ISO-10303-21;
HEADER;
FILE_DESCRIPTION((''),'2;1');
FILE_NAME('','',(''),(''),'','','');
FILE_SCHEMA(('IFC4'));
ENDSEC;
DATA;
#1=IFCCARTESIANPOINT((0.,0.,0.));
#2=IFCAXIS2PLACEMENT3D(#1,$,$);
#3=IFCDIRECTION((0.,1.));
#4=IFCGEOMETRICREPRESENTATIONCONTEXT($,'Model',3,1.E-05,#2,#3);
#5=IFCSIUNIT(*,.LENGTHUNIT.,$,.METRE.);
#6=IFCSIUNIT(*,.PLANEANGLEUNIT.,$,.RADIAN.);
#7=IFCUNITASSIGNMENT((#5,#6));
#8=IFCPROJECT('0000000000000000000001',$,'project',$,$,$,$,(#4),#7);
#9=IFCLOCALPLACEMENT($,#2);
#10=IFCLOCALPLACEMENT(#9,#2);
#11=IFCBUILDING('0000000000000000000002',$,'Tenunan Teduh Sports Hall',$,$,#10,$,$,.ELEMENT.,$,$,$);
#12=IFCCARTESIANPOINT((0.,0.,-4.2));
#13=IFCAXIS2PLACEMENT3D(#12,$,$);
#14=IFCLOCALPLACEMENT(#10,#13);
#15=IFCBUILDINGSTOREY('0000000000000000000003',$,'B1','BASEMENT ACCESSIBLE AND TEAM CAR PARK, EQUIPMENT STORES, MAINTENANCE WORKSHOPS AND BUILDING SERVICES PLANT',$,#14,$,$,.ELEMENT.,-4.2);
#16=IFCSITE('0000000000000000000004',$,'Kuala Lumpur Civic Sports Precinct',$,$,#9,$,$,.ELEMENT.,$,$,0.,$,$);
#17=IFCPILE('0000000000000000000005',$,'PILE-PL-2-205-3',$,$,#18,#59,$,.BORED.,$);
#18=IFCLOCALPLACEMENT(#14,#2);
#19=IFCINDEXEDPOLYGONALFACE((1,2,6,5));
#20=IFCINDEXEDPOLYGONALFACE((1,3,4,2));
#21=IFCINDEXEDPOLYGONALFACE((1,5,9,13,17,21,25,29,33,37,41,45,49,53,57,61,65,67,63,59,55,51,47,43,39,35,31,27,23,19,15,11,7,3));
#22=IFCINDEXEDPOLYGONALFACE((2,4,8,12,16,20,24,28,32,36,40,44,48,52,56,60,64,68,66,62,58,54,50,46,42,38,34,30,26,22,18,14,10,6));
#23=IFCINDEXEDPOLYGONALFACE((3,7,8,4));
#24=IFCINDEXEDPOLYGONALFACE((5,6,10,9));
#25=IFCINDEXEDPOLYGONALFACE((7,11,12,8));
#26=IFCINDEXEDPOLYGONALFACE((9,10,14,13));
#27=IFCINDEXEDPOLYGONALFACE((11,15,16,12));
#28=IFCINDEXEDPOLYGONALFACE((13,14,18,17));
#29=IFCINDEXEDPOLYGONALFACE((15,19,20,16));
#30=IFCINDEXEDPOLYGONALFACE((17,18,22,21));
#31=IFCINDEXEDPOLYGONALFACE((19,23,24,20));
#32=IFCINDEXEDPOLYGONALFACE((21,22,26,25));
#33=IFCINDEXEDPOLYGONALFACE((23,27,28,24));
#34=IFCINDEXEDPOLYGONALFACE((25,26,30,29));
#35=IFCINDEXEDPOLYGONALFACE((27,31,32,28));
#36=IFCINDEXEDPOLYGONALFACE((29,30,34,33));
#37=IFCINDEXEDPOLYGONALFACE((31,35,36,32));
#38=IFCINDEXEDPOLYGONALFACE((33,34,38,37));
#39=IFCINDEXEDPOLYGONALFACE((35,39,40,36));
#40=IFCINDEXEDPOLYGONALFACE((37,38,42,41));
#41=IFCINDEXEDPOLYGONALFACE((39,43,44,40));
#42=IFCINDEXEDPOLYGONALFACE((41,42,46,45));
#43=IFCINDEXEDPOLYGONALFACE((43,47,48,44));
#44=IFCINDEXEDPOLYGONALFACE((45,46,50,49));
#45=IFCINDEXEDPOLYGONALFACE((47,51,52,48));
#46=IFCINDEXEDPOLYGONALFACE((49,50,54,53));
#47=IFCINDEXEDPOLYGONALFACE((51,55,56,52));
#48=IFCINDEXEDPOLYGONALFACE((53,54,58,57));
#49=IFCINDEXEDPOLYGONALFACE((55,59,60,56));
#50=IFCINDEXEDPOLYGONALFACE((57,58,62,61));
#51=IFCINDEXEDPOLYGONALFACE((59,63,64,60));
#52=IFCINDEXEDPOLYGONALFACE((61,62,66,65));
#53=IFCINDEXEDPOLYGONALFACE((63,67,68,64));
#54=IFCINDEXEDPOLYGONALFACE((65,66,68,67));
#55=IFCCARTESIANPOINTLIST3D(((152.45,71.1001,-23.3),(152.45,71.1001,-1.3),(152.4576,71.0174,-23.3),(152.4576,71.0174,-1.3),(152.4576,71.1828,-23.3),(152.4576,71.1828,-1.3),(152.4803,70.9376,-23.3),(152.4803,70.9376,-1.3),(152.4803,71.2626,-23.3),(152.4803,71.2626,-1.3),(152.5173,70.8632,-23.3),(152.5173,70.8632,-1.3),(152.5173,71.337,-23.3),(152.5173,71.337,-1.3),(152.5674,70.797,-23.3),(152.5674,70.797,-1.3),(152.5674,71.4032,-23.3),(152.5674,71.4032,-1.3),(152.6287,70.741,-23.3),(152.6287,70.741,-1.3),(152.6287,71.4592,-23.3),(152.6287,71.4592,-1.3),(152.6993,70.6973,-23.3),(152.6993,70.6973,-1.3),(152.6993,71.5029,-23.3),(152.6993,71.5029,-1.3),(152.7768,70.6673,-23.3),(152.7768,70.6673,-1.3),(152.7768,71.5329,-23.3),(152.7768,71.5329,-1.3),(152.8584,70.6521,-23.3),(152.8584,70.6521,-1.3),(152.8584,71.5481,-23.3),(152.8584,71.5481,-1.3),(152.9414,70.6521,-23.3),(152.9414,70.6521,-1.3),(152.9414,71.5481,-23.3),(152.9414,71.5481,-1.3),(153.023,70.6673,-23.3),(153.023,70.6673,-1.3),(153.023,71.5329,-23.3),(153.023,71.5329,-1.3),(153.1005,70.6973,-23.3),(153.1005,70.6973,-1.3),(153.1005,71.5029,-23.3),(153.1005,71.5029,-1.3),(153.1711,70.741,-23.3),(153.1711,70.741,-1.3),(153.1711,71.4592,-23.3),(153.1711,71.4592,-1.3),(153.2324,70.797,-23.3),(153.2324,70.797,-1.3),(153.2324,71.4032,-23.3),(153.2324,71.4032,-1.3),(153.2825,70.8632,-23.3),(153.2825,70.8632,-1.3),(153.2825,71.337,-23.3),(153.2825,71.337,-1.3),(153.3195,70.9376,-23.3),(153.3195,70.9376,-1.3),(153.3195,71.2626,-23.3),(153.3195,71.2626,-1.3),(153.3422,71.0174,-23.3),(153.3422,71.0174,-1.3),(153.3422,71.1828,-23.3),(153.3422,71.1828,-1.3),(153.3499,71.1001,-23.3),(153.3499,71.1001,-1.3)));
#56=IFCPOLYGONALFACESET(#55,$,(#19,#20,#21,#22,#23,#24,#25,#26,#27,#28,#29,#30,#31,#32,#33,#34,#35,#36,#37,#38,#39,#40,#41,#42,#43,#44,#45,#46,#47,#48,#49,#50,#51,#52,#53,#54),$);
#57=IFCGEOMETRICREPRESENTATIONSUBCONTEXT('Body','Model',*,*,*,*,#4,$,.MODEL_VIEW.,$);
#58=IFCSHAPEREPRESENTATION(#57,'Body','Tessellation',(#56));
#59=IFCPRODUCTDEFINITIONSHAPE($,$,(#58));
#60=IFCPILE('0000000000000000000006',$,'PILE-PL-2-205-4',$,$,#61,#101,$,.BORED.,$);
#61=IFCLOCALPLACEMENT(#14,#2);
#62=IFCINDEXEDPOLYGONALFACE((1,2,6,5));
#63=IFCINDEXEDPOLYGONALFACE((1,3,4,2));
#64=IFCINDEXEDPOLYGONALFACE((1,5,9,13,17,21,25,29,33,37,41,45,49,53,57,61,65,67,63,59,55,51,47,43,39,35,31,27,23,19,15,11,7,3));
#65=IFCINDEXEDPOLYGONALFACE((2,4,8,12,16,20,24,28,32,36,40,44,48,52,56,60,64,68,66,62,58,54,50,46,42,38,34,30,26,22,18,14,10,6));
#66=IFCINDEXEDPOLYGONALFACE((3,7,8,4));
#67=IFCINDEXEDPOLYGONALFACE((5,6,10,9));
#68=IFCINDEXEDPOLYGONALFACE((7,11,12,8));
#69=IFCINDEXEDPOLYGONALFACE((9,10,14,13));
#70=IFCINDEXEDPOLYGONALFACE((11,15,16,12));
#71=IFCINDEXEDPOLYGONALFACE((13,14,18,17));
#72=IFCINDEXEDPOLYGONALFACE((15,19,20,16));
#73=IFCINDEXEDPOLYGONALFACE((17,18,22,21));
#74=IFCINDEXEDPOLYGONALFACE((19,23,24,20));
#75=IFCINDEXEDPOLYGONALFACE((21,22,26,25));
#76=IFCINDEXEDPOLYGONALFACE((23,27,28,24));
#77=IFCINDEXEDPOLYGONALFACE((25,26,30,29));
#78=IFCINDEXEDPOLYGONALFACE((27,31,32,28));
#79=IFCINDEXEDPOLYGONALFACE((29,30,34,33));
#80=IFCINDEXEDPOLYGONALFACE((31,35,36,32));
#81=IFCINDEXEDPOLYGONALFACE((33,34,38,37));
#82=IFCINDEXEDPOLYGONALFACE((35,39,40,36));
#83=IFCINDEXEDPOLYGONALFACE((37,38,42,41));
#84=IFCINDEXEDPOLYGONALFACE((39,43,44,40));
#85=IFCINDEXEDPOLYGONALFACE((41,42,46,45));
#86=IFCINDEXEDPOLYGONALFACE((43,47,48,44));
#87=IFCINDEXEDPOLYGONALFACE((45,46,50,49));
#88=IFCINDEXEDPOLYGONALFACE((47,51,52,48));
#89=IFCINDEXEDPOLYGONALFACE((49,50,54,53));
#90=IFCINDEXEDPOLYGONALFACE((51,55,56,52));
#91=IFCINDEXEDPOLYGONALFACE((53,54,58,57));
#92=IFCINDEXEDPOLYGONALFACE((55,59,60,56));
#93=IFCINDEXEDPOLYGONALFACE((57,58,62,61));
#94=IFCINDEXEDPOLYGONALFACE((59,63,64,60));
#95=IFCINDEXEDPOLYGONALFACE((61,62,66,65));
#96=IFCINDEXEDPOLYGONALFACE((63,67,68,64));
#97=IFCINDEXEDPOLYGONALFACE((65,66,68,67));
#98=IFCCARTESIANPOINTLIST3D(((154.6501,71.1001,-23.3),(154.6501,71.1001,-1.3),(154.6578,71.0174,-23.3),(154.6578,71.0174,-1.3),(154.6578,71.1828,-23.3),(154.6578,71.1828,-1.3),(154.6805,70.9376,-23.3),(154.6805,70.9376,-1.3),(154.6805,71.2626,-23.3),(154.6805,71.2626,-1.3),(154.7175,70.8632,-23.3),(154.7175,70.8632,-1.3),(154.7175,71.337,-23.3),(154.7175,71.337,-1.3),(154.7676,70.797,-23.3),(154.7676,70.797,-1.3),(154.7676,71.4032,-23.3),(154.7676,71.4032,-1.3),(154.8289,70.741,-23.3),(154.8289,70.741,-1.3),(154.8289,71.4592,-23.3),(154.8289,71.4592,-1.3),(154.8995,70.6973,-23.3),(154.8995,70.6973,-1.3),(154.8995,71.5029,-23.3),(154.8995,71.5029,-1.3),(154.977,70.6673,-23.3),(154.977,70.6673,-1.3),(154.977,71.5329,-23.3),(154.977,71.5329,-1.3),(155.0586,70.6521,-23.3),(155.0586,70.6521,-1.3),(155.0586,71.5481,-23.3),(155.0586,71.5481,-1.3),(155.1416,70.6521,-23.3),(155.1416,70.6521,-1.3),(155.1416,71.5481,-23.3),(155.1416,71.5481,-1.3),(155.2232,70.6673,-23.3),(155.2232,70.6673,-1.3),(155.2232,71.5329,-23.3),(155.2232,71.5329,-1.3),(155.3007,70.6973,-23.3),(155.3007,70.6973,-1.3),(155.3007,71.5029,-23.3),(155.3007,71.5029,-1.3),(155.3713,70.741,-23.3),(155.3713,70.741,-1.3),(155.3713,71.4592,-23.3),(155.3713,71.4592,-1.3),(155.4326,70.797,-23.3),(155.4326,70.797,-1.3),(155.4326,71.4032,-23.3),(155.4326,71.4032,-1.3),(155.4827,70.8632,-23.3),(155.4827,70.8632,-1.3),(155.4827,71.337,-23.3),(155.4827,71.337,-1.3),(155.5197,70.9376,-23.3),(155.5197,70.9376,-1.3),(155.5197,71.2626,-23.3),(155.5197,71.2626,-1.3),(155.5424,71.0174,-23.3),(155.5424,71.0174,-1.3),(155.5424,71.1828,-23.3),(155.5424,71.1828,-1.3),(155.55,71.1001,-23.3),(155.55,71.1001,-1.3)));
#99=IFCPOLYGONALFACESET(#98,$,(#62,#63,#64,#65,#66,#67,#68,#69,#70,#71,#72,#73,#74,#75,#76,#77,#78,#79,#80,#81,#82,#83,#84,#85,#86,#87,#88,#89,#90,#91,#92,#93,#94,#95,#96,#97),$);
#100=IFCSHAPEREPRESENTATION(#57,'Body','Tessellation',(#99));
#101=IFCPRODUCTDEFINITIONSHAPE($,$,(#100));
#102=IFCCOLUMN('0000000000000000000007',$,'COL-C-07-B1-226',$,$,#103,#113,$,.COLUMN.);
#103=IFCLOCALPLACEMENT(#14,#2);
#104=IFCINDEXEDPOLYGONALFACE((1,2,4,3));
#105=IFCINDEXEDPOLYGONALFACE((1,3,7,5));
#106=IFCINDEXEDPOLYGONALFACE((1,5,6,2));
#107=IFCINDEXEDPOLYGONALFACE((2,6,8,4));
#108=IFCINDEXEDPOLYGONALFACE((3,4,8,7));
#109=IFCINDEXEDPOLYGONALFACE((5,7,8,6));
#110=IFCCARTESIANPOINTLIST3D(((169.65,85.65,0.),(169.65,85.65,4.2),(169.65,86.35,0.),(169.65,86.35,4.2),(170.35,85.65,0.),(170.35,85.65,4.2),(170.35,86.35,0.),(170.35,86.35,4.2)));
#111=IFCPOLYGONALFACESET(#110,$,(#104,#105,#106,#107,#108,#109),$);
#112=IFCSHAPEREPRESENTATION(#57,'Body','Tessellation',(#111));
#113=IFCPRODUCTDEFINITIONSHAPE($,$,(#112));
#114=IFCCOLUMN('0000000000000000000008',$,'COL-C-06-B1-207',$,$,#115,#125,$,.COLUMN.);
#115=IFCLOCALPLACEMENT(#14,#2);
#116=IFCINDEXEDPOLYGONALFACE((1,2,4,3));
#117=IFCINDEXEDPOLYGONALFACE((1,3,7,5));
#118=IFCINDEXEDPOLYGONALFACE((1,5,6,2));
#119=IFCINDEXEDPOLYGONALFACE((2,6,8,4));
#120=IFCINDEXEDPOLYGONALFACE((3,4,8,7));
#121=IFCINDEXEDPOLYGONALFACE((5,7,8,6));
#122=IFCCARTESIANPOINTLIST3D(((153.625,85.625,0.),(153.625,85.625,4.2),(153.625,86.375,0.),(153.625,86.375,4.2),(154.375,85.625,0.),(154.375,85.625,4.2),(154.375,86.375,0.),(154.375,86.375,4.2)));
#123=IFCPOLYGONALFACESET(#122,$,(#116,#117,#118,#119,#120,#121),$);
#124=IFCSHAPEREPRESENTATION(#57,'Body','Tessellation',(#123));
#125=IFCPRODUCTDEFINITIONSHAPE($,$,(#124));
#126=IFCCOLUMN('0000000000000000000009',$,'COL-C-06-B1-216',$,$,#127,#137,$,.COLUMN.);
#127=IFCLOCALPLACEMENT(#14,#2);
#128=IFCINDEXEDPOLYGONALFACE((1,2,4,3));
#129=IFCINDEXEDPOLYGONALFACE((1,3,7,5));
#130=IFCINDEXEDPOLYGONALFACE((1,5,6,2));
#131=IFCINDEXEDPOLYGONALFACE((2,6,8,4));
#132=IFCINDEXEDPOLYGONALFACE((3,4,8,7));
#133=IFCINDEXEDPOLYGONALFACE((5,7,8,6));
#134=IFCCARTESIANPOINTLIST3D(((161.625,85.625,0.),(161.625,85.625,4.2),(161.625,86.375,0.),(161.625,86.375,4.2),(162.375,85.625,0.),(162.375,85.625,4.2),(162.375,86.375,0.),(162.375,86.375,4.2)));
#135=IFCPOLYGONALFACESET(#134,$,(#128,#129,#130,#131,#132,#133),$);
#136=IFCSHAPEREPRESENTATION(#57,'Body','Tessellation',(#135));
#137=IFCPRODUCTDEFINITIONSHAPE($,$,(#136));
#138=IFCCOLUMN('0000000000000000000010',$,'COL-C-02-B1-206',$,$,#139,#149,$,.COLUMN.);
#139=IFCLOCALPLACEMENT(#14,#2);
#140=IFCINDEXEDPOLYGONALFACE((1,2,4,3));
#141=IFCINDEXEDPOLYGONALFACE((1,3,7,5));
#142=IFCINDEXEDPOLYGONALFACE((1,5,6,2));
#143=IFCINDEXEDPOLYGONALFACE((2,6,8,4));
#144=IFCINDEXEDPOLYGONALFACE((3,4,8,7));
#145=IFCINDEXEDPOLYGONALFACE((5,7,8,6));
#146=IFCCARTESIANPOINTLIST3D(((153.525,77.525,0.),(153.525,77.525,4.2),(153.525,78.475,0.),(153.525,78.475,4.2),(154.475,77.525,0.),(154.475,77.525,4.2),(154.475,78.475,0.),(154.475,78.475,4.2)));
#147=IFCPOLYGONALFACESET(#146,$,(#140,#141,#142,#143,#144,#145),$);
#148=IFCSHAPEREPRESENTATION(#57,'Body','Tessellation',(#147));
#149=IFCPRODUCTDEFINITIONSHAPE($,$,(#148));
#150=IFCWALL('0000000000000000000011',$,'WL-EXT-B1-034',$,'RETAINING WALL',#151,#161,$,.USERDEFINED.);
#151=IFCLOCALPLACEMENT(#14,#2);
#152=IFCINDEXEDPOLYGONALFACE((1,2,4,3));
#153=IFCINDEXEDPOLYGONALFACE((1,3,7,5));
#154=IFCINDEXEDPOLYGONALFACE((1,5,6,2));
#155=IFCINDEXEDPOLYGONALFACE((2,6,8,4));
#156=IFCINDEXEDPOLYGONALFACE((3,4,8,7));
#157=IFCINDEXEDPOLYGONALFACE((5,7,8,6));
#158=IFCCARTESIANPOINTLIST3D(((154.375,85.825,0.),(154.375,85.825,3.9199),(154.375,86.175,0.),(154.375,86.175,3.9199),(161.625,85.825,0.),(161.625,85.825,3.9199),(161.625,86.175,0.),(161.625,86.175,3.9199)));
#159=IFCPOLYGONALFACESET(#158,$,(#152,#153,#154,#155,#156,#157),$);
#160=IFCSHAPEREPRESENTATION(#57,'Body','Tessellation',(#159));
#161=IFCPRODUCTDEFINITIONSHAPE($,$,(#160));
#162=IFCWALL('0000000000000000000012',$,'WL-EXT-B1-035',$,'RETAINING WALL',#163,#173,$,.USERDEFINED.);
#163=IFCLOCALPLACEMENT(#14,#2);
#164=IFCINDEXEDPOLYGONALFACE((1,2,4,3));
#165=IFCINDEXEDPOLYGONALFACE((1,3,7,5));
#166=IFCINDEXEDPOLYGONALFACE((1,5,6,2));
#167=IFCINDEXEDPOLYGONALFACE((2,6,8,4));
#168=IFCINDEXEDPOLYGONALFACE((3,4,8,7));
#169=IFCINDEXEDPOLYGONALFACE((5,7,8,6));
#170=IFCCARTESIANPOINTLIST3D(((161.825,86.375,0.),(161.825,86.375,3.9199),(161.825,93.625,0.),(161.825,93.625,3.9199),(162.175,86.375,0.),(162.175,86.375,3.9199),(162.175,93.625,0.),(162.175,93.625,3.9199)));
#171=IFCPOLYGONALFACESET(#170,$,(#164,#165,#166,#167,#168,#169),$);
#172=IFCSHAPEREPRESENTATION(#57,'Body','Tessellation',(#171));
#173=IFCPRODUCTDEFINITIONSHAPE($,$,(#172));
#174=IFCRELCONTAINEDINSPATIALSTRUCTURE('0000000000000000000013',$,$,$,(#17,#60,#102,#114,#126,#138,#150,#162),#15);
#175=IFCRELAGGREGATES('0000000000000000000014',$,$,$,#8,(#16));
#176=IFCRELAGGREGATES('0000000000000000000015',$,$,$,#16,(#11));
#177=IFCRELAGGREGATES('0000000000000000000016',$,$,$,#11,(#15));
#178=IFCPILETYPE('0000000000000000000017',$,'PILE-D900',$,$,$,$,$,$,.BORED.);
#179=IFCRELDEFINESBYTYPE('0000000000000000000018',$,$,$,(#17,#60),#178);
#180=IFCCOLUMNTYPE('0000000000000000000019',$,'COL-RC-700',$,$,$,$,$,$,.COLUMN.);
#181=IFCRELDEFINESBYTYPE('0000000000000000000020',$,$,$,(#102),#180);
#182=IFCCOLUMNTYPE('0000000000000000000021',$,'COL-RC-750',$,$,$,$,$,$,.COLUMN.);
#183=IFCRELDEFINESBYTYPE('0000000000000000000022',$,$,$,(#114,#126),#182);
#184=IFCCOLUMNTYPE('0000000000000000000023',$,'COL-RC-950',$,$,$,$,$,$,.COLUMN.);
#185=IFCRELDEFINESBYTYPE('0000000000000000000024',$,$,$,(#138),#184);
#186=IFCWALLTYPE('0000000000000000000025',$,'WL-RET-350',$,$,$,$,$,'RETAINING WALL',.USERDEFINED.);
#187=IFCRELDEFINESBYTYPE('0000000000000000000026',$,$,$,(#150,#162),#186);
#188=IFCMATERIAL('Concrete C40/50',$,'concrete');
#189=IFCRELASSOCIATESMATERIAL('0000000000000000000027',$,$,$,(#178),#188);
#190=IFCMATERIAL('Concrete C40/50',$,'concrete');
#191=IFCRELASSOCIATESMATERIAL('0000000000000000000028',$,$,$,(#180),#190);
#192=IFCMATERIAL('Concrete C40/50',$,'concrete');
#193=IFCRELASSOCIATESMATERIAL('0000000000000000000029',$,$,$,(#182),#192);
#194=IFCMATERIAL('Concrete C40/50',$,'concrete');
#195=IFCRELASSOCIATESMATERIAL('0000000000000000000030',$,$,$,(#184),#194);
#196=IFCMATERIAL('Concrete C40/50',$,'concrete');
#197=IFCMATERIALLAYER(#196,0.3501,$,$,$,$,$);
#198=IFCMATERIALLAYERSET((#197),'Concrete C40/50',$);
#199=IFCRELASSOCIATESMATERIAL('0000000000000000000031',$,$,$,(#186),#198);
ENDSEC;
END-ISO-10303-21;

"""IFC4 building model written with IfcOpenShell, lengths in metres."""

from ifc_helpers import new_model, si_unit, direction, frame, frame_2d, origin, origin_2d, place, context, subcontext, project, spatial, rectangle, circle, extrude, material, layer, layer_set, material_profile, profile_set, type_object, element, save


model = new_model("IFC4")

# Units and contexts
model_context = context("Model", 3, precision=1e-05, world=origin(), true_north=direction((0.0, 1.0)))
body_context = subcontext(model_context, "Body", "Model", "MODEL_VIEW")
ifc_project = project(units=[si_unit("LENGTHUNIT", "METRE"), si_unit("PLANEANGLEUNIT", "RADIAN")], contexts=[model_context])

# Site, building, storey
site_placement = place(None, origin())
site = spatial("IfcSite", under=ifc_project, at=site_placement, Name="Kuala Lumpur Civic Sports Precinct", CompositionType="ELEMENT", RefElevation=0.0)
building_placement = place(site_placement, origin())
building = spatial("IfcBuilding", under=site, at=building_placement, Name="Tenunan Teduh Sports Hall", CompositionType="ELEMENT")
storey_placement = place(building_placement, frame((0.0, 0.0, -4.2)))
storey = spatial("IfcBuildingStorey", under=building, at=storey_placement, Name="B1", Description="BASEMENT ACCESSIBLE AND TEAM CAR PARK, EQUIPMENT STORES, MAINTENANCE WORKSHOPS AND BUILDING SERVICES PLANT", CompositionType="ELEMENT", Elevation=-4.2)

# Piles
ifc_material_1 = material(Name="Concrete C40/50", Category="concrete")
ifc_material_profile_1 = material_profile(ifc_material_1, circle(Radius=0.45, at=origin_2d()), Name="PILE D900")
ifc_profile_set_1 = profile_set([ifc_material_profile_1], Name="Concrete C40/50")
pile_type_1 = type_object("IfcPileType", Name="PILE-D900", PredefinedType="BORED", material=ifc_profile_set_1)
for number, where, z_axis, x_axis, name in (
    (1, (152.8999, 71.1001, -1.3), (0.0, 0.0, -1.0), (1.0, 0.0, 0.0), "PILE-PL-2-205-3"),
    (2, (155.1001, 71.1001, -1.3), (0.0, 0.0, -1.0), (1.0, 0.0, 0.0), "PILE-PL-2-205-4"),
):
    element("IfcPile", number, at=place(storey_placement, frame(where, z_axis=z_axis, x_axis=x_axis)), inside=storey, type_object=pile_type_1, Name=name, PredefinedType="BORED", context=body_context, shape_type="SweptSolid", body=[
        extrude(circle(Radius=0.45, at=origin_2d()), origin(), (0.0, 0.0, 1.0), 22.0),
    ])

# Columns
ifc_material_2 = material(Name="Concrete C40/50", Category="concrete")
ifc_material_profile_2 = material_profile(ifc_material_2, rectangle(XDim=0.7, YDim=0.7, at=origin_2d()), Name="RC 700x700")
ifc_profile_set_2 = profile_set([ifc_material_profile_2], Name="Concrete C40/50")
column_type_1 = type_object("IfcColumnType", Name="COL-RC-700", PredefinedType="COLUMN", material=ifc_profile_set_2)
column_1_placement = place(storey_placement, frame((170.0, 86.0, 0.0), z_axis=(0.0, 0.0, 1.0), x_axis=(1.0, 0.0, 0.0)))
element("IfcColumn", 3, at=column_1_placement, inside=storey, type_object=column_type_1, Name="COL-C-07-B1-226", PredefinedType="COLUMN", context=body_context, shape_type="SweptSolid", body=[
    extrude(rectangle(XDim=0.7, YDim=0.7, at=origin_2d()), origin(), (0.0, 0.0, 1.0), 4.2),
])
ifc_material_3 = material(Name="Concrete C40/50", Category="concrete")
ifc_material_profile_3 = material_profile(ifc_material_3, rectangle(XDim=0.75, YDim=0.75, at=origin_2d()), Name="RC 750x750")
ifc_profile_set_3 = profile_set([ifc_material_profile_3], Name="Concrete C40/50")
column_type_2 = type_object("IfcColumnType", Name="COL-RC-750", PredefinedType="COLUMN", material=ifc_profile_set_3)
for number, where, z_axis, x_axis, name in (
    (4, (154.0, 86.0, 0.0), (0.0, 0.0, 1.0), (1.0, 0.0, 0.0), "COL-C-06-B1-207"),
    (5, (162.0, 86.0, 0.0), (0.0, 0.0, 1.0), (1.0, 0.0, 0.0), "COL-C-06-B1-216"),
):
    element("IfcColumn", number, at=place(storey_placement, frame(where, z_axis=z_axis, x_axis=x_axis)), inside=storey, type_object=column_type_2, Name=name, PredefinedType="COLUMN", context=body_context, shape_type="SweptSolid", body=[
        extrude(rectangle(XDim=0.75, YDim=0.75, at=origin_2d()), origin(), (0.0, 0.0, 1.0), 4.2),
    ])
ifc_material_4 = material(Name="Concrete C40/50", Category="concrete")
ifc_material_profile_4 = material_profile(ifc_material_4, rectangle(XDim=0.95, YDim=0.95, at=origin_2d()), Name="RC 950x950")
ifc_profile_set_4 = profile_set([ifc_material_profile_4], Name="Concrete C40/50")
column_type_3 = type_object("IfcColumnType", Name="COL-RC-950", PredefinedType="COLUMN", material=ifc_profile_set_4)
column_2_placement = place(storey_placement, frame((154.0, 78.0, 0.0), z_axis=(0.0, 0.0, 1.0), x_axis=(1.0, 0.0, 0.0)))
element("IfcColumn", 6, at=column_2_placement, inside=storey, type_object=column_type_3, Name="COL-C-02-B1-206", PredefinedType="COLUMN", context=body_context, shape_type="SweptSolid", body=[
    extrude(rectangle(XDim=0.95, YDim=0.95, at=origin_2d()), origin(), (0.0, 0.0, 1.0), 4.2),
])

# Walls
ifc_material_5 = material(Name="Concrete C40/50", Category="concrete")
ifc_layer = layer(ifc_material_5, 0.3501)
ifc_layer_set = layer_set([ifc_layer], Name="Concrete C40/50")
wall_type = type_object("IfcWallType", Name="WL-RET-350", ElementType="RETAINING WALL", PredefinedType="USERDEFINED", material=ifc_layer_set)
for number, where, z_axis, x_axis, name in (
    (7, (154.375, 86.0, 0.0), (0.0, 0.0, 1.0), (1.0, 0.0, 0.0), "WL-EXT-B1-034"),
    (8, (162.0, 86.375, 0.0), (0.0, 0.0, 1.0), (0.0, 1.0, 0.0), "WL-EXT-B1-035"),
):
    element("IfcWall", number, at=place(storey_placement, frame(where, z_axis=z_axis, x_axis=x_axis)), inside=storey, type_object=wall_type, Name=name, ObjectType="RETAINING WALL", PredefinedType="USERDEFINED", context=body_context, shape_type="SweptSolid", body=[
        extrude(rectangle(XDim=7.25, YDim=0.3501, at=frame_2d((3.625, 0.0))), origin(), (0.0, 0.0, 1.0), 3.9199),
    ])

save(model, "model.ifc")
